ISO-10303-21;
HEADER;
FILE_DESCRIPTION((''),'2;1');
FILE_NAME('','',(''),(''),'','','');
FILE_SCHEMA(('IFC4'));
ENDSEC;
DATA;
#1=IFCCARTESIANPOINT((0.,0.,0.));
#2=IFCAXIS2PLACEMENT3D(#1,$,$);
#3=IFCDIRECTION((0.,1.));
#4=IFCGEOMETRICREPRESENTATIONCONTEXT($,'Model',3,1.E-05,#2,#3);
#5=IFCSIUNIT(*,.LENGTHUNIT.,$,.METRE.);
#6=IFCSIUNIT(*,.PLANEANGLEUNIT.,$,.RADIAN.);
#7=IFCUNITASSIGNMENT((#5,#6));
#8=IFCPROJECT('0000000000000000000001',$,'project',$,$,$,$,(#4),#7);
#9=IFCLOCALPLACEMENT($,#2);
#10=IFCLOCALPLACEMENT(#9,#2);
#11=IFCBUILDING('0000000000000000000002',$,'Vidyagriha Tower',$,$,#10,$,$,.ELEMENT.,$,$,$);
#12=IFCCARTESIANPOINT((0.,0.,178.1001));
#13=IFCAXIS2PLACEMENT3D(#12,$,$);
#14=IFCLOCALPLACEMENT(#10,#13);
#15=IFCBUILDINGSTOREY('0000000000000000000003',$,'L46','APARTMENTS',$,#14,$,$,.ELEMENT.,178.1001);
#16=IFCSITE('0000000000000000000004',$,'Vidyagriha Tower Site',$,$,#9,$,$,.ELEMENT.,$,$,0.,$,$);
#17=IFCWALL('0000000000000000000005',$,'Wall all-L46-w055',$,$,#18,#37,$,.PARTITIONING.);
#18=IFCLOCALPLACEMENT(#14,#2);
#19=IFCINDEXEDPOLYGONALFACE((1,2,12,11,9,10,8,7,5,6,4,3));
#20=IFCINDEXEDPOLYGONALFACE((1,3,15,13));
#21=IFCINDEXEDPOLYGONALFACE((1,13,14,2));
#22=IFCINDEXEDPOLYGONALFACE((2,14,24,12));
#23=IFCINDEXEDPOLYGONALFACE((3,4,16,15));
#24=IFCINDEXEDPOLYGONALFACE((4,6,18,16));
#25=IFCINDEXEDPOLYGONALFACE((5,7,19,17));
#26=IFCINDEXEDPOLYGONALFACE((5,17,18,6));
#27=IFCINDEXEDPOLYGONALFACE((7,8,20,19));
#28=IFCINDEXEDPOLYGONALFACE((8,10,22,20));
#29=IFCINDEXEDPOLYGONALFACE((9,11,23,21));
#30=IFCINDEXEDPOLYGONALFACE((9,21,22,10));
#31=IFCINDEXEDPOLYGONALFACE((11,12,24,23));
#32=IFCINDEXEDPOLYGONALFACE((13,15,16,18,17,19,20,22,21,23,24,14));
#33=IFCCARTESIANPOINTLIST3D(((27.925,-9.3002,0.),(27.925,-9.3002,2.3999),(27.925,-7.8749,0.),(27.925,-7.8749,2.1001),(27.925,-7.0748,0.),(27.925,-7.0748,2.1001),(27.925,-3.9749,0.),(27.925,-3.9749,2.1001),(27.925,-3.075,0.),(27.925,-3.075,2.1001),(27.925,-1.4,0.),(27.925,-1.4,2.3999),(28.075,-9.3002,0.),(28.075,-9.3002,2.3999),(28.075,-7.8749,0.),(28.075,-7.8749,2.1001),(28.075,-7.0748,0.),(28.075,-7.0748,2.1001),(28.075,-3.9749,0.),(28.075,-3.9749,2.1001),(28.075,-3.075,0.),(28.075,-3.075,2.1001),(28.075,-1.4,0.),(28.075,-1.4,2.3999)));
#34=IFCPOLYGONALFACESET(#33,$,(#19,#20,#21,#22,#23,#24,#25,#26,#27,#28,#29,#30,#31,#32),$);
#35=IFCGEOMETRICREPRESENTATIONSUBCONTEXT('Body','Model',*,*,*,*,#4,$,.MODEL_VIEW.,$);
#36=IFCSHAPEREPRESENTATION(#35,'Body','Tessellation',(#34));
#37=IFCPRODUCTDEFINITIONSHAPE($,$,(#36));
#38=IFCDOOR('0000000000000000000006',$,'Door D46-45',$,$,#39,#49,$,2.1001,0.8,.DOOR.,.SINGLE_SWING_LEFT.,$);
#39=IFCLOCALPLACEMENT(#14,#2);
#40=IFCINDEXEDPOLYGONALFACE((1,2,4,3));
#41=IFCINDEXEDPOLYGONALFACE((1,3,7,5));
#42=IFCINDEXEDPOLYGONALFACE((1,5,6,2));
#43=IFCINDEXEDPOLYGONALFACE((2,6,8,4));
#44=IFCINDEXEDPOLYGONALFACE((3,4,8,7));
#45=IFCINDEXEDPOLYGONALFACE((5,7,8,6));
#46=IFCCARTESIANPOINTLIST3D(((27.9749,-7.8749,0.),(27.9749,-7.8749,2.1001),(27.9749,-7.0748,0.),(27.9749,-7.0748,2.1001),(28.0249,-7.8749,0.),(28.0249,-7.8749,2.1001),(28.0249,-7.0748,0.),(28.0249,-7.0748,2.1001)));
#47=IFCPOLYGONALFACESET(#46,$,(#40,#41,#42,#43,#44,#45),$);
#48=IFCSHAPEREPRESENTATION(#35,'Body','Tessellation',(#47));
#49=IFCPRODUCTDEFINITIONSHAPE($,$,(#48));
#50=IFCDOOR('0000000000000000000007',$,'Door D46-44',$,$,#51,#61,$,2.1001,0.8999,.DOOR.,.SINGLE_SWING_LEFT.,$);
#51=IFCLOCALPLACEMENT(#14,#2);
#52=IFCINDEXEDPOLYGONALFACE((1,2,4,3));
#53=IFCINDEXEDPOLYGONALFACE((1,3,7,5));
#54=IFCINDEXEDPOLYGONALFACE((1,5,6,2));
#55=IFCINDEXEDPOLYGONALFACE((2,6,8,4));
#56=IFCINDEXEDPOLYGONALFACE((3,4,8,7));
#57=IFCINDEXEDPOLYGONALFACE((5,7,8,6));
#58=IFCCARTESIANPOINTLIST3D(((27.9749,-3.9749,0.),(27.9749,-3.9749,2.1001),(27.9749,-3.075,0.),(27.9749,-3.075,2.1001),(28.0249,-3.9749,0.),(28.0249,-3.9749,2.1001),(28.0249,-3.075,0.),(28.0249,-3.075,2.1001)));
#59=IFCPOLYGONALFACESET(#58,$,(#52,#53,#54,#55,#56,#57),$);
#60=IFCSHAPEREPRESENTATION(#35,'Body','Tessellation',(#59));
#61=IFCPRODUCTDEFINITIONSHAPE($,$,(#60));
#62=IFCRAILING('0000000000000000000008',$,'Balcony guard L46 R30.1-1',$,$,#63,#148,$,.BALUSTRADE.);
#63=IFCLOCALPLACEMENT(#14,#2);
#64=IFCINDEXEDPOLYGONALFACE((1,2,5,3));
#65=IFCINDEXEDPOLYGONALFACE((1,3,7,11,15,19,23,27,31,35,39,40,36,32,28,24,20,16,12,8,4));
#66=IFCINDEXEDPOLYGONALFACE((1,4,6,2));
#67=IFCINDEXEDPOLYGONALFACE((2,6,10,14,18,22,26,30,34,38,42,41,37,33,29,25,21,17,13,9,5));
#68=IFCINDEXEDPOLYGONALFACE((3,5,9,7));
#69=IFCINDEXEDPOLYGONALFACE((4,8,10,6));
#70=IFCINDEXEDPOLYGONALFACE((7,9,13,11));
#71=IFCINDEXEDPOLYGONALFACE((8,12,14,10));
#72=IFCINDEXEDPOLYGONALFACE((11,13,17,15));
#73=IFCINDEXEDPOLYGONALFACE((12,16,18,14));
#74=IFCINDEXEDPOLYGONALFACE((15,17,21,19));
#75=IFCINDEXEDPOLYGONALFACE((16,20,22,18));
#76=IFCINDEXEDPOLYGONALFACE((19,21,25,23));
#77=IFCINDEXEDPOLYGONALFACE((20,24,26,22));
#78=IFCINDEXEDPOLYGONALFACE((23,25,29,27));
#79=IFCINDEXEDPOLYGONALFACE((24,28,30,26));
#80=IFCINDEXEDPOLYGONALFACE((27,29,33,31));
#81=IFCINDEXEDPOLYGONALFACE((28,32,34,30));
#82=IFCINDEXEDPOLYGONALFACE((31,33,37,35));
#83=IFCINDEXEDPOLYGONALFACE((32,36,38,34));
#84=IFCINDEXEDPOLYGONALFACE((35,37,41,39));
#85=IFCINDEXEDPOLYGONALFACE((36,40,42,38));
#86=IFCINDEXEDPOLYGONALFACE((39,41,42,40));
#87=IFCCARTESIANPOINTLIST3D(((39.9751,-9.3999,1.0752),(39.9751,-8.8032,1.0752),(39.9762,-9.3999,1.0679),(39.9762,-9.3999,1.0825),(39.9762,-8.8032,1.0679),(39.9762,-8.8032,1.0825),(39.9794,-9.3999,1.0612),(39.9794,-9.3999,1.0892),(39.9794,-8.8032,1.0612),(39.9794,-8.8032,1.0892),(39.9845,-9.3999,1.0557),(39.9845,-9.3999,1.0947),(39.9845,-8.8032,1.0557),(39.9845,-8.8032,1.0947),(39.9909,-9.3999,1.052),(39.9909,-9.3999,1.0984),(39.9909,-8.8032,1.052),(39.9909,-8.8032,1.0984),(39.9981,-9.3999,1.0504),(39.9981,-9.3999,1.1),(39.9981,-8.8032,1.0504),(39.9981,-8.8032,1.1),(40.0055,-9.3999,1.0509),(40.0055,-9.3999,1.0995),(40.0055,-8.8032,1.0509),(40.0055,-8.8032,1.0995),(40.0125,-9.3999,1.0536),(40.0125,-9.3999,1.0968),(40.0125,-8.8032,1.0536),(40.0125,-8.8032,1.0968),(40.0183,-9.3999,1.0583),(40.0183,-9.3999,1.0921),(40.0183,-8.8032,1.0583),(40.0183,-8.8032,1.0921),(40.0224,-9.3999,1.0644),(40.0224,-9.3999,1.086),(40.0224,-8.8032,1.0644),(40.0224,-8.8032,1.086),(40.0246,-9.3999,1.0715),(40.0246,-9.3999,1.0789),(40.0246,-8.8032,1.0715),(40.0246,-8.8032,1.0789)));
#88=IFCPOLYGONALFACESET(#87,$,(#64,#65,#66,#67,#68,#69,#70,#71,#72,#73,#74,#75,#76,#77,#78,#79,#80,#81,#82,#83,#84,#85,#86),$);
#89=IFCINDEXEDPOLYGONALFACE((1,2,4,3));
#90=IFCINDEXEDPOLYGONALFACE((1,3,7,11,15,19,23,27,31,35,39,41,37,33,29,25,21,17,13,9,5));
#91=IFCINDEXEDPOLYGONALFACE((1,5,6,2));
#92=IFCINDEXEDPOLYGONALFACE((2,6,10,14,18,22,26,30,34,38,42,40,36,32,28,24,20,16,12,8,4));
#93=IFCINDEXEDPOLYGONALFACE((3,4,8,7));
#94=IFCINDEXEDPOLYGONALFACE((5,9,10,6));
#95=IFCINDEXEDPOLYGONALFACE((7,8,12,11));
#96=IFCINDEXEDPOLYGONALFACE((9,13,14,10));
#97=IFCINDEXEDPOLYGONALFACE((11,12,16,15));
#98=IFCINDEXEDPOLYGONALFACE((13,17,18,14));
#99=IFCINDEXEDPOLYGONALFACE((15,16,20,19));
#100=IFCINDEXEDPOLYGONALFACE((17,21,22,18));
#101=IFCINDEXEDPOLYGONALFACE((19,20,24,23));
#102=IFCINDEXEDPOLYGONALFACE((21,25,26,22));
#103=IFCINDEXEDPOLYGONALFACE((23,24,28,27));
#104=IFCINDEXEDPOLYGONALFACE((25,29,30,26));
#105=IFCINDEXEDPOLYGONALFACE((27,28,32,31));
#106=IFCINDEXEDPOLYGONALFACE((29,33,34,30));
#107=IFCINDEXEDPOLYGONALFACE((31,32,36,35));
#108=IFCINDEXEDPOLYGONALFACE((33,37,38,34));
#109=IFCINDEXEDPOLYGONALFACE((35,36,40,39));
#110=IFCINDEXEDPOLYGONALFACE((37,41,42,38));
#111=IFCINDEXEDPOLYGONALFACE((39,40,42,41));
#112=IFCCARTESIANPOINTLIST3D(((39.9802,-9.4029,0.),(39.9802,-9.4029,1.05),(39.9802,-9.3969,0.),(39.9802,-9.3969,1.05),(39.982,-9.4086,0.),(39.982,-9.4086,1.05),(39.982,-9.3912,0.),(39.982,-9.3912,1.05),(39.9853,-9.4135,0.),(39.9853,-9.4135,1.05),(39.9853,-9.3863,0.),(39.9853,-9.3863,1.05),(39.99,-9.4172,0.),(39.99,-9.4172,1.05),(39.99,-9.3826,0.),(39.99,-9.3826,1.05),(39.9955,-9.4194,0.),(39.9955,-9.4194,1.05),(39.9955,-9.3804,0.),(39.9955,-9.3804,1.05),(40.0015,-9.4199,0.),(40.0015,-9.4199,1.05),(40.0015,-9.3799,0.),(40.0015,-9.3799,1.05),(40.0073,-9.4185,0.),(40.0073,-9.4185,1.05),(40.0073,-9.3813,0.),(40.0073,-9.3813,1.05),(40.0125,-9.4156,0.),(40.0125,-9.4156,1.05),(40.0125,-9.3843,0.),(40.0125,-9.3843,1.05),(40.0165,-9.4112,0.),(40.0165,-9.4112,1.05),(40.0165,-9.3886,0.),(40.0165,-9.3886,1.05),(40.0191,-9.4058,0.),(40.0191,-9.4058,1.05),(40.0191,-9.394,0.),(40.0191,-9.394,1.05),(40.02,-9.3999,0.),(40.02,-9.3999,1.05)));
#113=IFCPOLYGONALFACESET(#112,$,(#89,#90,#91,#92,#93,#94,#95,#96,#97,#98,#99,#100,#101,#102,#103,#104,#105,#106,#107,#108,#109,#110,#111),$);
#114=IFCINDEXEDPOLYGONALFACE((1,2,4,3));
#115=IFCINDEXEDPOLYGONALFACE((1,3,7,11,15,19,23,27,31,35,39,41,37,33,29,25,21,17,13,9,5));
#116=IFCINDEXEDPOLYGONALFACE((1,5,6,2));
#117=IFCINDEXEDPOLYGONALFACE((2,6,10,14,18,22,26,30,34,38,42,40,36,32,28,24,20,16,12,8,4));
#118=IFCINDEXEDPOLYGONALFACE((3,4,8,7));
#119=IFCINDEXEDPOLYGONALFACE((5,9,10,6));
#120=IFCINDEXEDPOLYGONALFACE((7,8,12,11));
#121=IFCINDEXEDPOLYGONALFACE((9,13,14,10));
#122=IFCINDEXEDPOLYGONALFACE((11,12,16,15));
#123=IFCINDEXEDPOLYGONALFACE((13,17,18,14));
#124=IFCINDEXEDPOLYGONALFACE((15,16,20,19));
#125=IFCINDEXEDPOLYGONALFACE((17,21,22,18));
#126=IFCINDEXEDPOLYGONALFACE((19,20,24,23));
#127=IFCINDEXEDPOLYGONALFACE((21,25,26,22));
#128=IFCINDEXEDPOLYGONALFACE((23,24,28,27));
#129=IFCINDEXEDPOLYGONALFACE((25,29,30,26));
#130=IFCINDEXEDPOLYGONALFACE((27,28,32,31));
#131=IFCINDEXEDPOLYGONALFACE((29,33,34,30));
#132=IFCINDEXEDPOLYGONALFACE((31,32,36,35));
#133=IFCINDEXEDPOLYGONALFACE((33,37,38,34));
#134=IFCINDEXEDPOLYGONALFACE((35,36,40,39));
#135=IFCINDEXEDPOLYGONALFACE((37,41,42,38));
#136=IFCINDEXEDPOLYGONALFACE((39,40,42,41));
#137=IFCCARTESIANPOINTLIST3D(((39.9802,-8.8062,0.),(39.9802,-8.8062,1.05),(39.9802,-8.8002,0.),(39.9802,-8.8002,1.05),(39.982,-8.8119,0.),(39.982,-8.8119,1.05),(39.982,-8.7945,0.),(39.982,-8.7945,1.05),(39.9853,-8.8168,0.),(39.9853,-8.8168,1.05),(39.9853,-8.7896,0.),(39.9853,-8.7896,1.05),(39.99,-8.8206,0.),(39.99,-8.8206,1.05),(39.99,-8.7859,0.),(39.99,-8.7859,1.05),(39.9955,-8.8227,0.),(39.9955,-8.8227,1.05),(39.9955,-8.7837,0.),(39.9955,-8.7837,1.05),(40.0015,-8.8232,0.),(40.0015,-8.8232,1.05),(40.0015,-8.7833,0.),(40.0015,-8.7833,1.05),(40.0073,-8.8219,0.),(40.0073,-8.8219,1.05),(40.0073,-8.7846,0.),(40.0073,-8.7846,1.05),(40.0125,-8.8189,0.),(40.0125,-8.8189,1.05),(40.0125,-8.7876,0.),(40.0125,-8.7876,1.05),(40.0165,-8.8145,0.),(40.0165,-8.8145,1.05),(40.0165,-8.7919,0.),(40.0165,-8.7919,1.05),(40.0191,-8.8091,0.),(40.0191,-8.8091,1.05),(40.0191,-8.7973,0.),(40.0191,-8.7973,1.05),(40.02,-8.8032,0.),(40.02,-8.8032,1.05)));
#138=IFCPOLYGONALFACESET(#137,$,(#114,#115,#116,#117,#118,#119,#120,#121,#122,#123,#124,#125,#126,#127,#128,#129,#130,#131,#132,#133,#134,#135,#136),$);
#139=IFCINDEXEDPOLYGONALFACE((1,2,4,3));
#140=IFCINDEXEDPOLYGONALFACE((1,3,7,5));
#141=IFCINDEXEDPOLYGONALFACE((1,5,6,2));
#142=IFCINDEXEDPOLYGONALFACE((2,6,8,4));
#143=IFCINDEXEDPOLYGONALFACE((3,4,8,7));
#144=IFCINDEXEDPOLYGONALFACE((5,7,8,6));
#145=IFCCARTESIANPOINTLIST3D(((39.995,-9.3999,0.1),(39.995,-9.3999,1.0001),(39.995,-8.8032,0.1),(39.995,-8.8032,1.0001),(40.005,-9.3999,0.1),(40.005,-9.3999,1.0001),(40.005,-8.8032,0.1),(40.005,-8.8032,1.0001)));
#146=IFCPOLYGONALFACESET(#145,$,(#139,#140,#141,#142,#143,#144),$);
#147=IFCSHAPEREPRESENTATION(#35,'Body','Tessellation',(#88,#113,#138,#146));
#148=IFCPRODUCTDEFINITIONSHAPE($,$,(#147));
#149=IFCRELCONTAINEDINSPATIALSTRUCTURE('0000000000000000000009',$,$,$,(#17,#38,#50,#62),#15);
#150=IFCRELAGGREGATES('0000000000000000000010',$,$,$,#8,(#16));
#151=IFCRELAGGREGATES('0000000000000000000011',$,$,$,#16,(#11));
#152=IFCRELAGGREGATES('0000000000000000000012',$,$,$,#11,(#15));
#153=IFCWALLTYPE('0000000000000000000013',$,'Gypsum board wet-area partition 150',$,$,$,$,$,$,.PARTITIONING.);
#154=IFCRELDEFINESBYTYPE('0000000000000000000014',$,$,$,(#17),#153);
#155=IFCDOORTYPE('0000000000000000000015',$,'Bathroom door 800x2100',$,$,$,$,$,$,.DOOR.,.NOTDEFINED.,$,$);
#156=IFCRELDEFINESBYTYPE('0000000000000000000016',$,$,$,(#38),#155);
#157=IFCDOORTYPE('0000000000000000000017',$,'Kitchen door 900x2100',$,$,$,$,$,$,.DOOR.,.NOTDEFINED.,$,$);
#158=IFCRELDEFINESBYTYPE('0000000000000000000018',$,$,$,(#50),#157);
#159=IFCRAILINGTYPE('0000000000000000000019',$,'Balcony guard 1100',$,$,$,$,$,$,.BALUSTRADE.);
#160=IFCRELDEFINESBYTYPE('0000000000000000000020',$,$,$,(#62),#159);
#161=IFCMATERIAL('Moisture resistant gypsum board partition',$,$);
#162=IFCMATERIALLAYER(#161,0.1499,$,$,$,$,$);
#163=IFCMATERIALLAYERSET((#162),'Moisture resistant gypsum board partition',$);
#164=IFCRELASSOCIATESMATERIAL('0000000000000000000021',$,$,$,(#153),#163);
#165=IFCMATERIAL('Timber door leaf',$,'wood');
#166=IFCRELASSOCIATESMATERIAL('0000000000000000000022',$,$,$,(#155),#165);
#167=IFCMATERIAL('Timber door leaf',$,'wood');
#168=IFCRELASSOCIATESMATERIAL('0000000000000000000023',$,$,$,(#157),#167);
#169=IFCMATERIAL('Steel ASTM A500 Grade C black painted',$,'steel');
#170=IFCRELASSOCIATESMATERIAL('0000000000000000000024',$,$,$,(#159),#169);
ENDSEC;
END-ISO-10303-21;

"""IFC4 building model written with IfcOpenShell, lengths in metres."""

from ifc_helpers import new_model, si_unit, direction, frame, frame_2d, origin, origin_2d, place, context, subcontext, project, spatial, rectangle, circle, extrude, material, layer, layer_set, type_object, element, fill, save


model = new_model("IFC4")

# Units and contexts
model_context = context("Model", 3, precision=1e-05, world=origin(), true_north=direction((0.0, 1.0)))
body_context = subcontext(model_context, "Body", "Model", "MODEL_VIEW")
ifc_project = project(units=[si_unit("LENGTHUNIT", "METRE"), si_unit("PLANEANGLEUNIT", "RADIAN")], contexts=[model_context])

# Site, building, storey
site_placement = place(None, origin())
site = spatial("IfcSite", under=ifc_project, at=site_placement, Name="Vidyagriha Tower Site", CompositionType="ELEMENT", RefElevation=0.0)
building_placement = place(site_placement, origin())
building = spatial("IfcBuilding", under=site, at=building_placement, Name="Vidyagriha Tower", CompositionType="ELEMENT")
storey_placement = place(building_placement, frame((0.0, 0.0, 178.1001)))
storey = spatial("IfcBuildingStorey", under=building, at=storey_placement, Name="L46", Description="APARTMENTS", CompositionType="ELEMENT", Elevation=178.1001)

# Wall, openings, doors
ifc_material_1 = material(Name="Moisture resistant gypsum board partition")
ifc_layer_1 = layer(ifc_material_1, 0.1499)
ifc_layer_set_1 = layer_set([ifc_layer_1], Name="Moisture resistant gypsum board partition")
wall_type_1 = type_object("IfcWallType", Name="Gypsum board wet-area partition 150", PredefinedType="PARTITIONING", material=ifc_layer_set_1)
wall_1_placement = place(storey_placement, frame((28.0, -1.3999, 0.0), z_axis=(0.0, 0.0, 1.0), x_axis=(0.0, -1.0, 0.0)))
wall_1 = element("IfcWall", 1, at=wall_1_placement, inside=storey, type_object=wall_type_1, Name="Wall all-L46-w055", PredefinedType="PARTITIONING", context=body_context, shape_type="SweptSolid", body=[
    extrude(rectangle(XDim=7.9001, YDim=0.1499, at=frame_2d((3.9502, 0.0))), origin(), (0.0, 0.0, 1.0), 2.3999),
])
opening_1_placement = place(wall_1_placement, frame((1.675, 0.0, 0.0)))
opening_1 = element("IfcOpeningElement", 2, at=opening_1_placement, cuts=wall_1, PredefinedType="OPENING", context=body_context, shape_type="SweptSolid", body=[
    extrude(rectangle(XDim=0.8999, YDim=2.1001, at=frame_2d((0.45, 1.05))), frame((0.0, 0.085, 0.0), z_axis=(0.0, -1.0, 0.0), x_axis=(1.0, 0.0, 0.0)), (0.0, 0.0, 1.0), 0.1699),
])
opening_2_placement = place(wall_1_placement, frame((5.675, 0.0, 0.0)))
opening_2 = element("IfcOpeningElement", 3, at=opening_2_placement, cuts=wall_1, PredefinedType="OPENING", context=body_context, shape_type="SweptSolid", body=[
    extrude(rectangle(XDim=0.8, YDim=2.1001, at=frame_2d((0.3999, 1.05))), frame((0.0, 0.085, 0.0), z_axis=(0.0, -1.0, 0.0), x_axis=(1.0, 0.0, 0.0)), (0.0, 0.0, 1.0), 0.1699),
])
ifc_material_2 = material(Name="Timber door leaf", Category="wood")
door_type_1 = type_object("IfcDoorType", Name="Bathroom door 800x2100", OperationType="NOTDEFINED", PredefinedType="DOOR", material=ifc_material_2)
door_1_placement = place(opening_2_placement, origin())
door_1 = element("IfcDoor", 4, at=door_1_placement, inside=storey, type_object=door_type_1, Name="Door D46-45", OperationType="SINGLE_SWING_LEFT", OverallHeight=2.1001, OverallWidth=0.8, PredefinedType="DOOR", context=body_context, shape_type="SweptSolid", body=[
    extrude(rectangle(XDim=0.8, YDim=2.1001, at=frame_2d((0.3999, 1.05))), frame((0.0, 0.0249, 0.0), z_axis=(0.0, -1.0, 0.0), x_axis=(1.0, 0.0, 0.0)), (0.0, 0.0, 1.0), 0.05),
])
fill(opening_2, door_1)
ifc_material_3 = material(Name="Timber door leaf", Category="wood")
door_type_2 = type_object("IfcDoorType", Name="Kitchen door 900x2100", OperationType="NOTDEFINED", PredefinedType="DOOR", material=ifc_material_3)
door_2_placement = place(opening_1_placement, origin())
door_2 = element("IfcDoor", 5, at=door_2_placement, inside=storey, type_object=door_type_2, Name="Door D46-44", OperationType="SINGLE_SWING_LEFT", OverallHeight=2.1001, OverallWidth=0.8999, PredefinedType="DOOR", context=body_context, shape_type="SweptSolid", body=[
    extrude(rectangle(XDim=0.8999, YDim=2.1001, at=frame_2d((0.45, 1.05))), frame((0.0, 0.0249, 0.0), z_axis=(0.0, -1.0, 0.0), x_axis=(1.0, 0.0, 0.0)), (0.0, 0.0, 1.0), 0.05),
])
fill(opening_1, door_2)

# Railing
ifc_material_4 = material(Name="Steel ASTM A500 Grade C black painted", Category="steel")
railing_type_1 = type_object("IfcRailingType", Name="Balcony guard 1100", PredefinedType="BALUSTRADE", material=ifc_material_4)
railing_1_placement = place(storey_placement, frame((40.0, -9.3999, 0.0)))
element("IfcRailing", 6, at=railing_1_placement, inside=storey, type_object=railing_type_1, Name="Balcony guard L46 R30.1-1", PredefinedType="BALUSTRADE", context=body_context, shape_type="SweptSolid", body=[
    extrude(circle(Radius=0.0249, at=origin_2d()), frame((0.0, 0.0, 1.0752), z_axis=(0.0, 1.0, 0.0), x_axis=(-1.0, 0.0, 0.0)), (0.0, 0.0, 1.0), 0.5967),
    extrude(circle(Radius=0.02, at=origin_2d()), origin(), (0.0, 0.0, 1.0), 1.05),
    extrude(circle(Radius=0.02, at=origin_2d()), frame((0.0, 0.5967, 0.0)), (0.0, 0.0, 1.0), 1.05),
    extrude(rectangle(XDim=0.01, YDim=0.9001, at=origin_2d()), frame((0.0, 0.0, 0.55), z_axis=(0.0, 1.0, 0.0), x_axis=(-1.0, 0.0, 0.0)), (0.0, 0.0, 1.0), 0.5967),
])

save(model, "model.ifc")
